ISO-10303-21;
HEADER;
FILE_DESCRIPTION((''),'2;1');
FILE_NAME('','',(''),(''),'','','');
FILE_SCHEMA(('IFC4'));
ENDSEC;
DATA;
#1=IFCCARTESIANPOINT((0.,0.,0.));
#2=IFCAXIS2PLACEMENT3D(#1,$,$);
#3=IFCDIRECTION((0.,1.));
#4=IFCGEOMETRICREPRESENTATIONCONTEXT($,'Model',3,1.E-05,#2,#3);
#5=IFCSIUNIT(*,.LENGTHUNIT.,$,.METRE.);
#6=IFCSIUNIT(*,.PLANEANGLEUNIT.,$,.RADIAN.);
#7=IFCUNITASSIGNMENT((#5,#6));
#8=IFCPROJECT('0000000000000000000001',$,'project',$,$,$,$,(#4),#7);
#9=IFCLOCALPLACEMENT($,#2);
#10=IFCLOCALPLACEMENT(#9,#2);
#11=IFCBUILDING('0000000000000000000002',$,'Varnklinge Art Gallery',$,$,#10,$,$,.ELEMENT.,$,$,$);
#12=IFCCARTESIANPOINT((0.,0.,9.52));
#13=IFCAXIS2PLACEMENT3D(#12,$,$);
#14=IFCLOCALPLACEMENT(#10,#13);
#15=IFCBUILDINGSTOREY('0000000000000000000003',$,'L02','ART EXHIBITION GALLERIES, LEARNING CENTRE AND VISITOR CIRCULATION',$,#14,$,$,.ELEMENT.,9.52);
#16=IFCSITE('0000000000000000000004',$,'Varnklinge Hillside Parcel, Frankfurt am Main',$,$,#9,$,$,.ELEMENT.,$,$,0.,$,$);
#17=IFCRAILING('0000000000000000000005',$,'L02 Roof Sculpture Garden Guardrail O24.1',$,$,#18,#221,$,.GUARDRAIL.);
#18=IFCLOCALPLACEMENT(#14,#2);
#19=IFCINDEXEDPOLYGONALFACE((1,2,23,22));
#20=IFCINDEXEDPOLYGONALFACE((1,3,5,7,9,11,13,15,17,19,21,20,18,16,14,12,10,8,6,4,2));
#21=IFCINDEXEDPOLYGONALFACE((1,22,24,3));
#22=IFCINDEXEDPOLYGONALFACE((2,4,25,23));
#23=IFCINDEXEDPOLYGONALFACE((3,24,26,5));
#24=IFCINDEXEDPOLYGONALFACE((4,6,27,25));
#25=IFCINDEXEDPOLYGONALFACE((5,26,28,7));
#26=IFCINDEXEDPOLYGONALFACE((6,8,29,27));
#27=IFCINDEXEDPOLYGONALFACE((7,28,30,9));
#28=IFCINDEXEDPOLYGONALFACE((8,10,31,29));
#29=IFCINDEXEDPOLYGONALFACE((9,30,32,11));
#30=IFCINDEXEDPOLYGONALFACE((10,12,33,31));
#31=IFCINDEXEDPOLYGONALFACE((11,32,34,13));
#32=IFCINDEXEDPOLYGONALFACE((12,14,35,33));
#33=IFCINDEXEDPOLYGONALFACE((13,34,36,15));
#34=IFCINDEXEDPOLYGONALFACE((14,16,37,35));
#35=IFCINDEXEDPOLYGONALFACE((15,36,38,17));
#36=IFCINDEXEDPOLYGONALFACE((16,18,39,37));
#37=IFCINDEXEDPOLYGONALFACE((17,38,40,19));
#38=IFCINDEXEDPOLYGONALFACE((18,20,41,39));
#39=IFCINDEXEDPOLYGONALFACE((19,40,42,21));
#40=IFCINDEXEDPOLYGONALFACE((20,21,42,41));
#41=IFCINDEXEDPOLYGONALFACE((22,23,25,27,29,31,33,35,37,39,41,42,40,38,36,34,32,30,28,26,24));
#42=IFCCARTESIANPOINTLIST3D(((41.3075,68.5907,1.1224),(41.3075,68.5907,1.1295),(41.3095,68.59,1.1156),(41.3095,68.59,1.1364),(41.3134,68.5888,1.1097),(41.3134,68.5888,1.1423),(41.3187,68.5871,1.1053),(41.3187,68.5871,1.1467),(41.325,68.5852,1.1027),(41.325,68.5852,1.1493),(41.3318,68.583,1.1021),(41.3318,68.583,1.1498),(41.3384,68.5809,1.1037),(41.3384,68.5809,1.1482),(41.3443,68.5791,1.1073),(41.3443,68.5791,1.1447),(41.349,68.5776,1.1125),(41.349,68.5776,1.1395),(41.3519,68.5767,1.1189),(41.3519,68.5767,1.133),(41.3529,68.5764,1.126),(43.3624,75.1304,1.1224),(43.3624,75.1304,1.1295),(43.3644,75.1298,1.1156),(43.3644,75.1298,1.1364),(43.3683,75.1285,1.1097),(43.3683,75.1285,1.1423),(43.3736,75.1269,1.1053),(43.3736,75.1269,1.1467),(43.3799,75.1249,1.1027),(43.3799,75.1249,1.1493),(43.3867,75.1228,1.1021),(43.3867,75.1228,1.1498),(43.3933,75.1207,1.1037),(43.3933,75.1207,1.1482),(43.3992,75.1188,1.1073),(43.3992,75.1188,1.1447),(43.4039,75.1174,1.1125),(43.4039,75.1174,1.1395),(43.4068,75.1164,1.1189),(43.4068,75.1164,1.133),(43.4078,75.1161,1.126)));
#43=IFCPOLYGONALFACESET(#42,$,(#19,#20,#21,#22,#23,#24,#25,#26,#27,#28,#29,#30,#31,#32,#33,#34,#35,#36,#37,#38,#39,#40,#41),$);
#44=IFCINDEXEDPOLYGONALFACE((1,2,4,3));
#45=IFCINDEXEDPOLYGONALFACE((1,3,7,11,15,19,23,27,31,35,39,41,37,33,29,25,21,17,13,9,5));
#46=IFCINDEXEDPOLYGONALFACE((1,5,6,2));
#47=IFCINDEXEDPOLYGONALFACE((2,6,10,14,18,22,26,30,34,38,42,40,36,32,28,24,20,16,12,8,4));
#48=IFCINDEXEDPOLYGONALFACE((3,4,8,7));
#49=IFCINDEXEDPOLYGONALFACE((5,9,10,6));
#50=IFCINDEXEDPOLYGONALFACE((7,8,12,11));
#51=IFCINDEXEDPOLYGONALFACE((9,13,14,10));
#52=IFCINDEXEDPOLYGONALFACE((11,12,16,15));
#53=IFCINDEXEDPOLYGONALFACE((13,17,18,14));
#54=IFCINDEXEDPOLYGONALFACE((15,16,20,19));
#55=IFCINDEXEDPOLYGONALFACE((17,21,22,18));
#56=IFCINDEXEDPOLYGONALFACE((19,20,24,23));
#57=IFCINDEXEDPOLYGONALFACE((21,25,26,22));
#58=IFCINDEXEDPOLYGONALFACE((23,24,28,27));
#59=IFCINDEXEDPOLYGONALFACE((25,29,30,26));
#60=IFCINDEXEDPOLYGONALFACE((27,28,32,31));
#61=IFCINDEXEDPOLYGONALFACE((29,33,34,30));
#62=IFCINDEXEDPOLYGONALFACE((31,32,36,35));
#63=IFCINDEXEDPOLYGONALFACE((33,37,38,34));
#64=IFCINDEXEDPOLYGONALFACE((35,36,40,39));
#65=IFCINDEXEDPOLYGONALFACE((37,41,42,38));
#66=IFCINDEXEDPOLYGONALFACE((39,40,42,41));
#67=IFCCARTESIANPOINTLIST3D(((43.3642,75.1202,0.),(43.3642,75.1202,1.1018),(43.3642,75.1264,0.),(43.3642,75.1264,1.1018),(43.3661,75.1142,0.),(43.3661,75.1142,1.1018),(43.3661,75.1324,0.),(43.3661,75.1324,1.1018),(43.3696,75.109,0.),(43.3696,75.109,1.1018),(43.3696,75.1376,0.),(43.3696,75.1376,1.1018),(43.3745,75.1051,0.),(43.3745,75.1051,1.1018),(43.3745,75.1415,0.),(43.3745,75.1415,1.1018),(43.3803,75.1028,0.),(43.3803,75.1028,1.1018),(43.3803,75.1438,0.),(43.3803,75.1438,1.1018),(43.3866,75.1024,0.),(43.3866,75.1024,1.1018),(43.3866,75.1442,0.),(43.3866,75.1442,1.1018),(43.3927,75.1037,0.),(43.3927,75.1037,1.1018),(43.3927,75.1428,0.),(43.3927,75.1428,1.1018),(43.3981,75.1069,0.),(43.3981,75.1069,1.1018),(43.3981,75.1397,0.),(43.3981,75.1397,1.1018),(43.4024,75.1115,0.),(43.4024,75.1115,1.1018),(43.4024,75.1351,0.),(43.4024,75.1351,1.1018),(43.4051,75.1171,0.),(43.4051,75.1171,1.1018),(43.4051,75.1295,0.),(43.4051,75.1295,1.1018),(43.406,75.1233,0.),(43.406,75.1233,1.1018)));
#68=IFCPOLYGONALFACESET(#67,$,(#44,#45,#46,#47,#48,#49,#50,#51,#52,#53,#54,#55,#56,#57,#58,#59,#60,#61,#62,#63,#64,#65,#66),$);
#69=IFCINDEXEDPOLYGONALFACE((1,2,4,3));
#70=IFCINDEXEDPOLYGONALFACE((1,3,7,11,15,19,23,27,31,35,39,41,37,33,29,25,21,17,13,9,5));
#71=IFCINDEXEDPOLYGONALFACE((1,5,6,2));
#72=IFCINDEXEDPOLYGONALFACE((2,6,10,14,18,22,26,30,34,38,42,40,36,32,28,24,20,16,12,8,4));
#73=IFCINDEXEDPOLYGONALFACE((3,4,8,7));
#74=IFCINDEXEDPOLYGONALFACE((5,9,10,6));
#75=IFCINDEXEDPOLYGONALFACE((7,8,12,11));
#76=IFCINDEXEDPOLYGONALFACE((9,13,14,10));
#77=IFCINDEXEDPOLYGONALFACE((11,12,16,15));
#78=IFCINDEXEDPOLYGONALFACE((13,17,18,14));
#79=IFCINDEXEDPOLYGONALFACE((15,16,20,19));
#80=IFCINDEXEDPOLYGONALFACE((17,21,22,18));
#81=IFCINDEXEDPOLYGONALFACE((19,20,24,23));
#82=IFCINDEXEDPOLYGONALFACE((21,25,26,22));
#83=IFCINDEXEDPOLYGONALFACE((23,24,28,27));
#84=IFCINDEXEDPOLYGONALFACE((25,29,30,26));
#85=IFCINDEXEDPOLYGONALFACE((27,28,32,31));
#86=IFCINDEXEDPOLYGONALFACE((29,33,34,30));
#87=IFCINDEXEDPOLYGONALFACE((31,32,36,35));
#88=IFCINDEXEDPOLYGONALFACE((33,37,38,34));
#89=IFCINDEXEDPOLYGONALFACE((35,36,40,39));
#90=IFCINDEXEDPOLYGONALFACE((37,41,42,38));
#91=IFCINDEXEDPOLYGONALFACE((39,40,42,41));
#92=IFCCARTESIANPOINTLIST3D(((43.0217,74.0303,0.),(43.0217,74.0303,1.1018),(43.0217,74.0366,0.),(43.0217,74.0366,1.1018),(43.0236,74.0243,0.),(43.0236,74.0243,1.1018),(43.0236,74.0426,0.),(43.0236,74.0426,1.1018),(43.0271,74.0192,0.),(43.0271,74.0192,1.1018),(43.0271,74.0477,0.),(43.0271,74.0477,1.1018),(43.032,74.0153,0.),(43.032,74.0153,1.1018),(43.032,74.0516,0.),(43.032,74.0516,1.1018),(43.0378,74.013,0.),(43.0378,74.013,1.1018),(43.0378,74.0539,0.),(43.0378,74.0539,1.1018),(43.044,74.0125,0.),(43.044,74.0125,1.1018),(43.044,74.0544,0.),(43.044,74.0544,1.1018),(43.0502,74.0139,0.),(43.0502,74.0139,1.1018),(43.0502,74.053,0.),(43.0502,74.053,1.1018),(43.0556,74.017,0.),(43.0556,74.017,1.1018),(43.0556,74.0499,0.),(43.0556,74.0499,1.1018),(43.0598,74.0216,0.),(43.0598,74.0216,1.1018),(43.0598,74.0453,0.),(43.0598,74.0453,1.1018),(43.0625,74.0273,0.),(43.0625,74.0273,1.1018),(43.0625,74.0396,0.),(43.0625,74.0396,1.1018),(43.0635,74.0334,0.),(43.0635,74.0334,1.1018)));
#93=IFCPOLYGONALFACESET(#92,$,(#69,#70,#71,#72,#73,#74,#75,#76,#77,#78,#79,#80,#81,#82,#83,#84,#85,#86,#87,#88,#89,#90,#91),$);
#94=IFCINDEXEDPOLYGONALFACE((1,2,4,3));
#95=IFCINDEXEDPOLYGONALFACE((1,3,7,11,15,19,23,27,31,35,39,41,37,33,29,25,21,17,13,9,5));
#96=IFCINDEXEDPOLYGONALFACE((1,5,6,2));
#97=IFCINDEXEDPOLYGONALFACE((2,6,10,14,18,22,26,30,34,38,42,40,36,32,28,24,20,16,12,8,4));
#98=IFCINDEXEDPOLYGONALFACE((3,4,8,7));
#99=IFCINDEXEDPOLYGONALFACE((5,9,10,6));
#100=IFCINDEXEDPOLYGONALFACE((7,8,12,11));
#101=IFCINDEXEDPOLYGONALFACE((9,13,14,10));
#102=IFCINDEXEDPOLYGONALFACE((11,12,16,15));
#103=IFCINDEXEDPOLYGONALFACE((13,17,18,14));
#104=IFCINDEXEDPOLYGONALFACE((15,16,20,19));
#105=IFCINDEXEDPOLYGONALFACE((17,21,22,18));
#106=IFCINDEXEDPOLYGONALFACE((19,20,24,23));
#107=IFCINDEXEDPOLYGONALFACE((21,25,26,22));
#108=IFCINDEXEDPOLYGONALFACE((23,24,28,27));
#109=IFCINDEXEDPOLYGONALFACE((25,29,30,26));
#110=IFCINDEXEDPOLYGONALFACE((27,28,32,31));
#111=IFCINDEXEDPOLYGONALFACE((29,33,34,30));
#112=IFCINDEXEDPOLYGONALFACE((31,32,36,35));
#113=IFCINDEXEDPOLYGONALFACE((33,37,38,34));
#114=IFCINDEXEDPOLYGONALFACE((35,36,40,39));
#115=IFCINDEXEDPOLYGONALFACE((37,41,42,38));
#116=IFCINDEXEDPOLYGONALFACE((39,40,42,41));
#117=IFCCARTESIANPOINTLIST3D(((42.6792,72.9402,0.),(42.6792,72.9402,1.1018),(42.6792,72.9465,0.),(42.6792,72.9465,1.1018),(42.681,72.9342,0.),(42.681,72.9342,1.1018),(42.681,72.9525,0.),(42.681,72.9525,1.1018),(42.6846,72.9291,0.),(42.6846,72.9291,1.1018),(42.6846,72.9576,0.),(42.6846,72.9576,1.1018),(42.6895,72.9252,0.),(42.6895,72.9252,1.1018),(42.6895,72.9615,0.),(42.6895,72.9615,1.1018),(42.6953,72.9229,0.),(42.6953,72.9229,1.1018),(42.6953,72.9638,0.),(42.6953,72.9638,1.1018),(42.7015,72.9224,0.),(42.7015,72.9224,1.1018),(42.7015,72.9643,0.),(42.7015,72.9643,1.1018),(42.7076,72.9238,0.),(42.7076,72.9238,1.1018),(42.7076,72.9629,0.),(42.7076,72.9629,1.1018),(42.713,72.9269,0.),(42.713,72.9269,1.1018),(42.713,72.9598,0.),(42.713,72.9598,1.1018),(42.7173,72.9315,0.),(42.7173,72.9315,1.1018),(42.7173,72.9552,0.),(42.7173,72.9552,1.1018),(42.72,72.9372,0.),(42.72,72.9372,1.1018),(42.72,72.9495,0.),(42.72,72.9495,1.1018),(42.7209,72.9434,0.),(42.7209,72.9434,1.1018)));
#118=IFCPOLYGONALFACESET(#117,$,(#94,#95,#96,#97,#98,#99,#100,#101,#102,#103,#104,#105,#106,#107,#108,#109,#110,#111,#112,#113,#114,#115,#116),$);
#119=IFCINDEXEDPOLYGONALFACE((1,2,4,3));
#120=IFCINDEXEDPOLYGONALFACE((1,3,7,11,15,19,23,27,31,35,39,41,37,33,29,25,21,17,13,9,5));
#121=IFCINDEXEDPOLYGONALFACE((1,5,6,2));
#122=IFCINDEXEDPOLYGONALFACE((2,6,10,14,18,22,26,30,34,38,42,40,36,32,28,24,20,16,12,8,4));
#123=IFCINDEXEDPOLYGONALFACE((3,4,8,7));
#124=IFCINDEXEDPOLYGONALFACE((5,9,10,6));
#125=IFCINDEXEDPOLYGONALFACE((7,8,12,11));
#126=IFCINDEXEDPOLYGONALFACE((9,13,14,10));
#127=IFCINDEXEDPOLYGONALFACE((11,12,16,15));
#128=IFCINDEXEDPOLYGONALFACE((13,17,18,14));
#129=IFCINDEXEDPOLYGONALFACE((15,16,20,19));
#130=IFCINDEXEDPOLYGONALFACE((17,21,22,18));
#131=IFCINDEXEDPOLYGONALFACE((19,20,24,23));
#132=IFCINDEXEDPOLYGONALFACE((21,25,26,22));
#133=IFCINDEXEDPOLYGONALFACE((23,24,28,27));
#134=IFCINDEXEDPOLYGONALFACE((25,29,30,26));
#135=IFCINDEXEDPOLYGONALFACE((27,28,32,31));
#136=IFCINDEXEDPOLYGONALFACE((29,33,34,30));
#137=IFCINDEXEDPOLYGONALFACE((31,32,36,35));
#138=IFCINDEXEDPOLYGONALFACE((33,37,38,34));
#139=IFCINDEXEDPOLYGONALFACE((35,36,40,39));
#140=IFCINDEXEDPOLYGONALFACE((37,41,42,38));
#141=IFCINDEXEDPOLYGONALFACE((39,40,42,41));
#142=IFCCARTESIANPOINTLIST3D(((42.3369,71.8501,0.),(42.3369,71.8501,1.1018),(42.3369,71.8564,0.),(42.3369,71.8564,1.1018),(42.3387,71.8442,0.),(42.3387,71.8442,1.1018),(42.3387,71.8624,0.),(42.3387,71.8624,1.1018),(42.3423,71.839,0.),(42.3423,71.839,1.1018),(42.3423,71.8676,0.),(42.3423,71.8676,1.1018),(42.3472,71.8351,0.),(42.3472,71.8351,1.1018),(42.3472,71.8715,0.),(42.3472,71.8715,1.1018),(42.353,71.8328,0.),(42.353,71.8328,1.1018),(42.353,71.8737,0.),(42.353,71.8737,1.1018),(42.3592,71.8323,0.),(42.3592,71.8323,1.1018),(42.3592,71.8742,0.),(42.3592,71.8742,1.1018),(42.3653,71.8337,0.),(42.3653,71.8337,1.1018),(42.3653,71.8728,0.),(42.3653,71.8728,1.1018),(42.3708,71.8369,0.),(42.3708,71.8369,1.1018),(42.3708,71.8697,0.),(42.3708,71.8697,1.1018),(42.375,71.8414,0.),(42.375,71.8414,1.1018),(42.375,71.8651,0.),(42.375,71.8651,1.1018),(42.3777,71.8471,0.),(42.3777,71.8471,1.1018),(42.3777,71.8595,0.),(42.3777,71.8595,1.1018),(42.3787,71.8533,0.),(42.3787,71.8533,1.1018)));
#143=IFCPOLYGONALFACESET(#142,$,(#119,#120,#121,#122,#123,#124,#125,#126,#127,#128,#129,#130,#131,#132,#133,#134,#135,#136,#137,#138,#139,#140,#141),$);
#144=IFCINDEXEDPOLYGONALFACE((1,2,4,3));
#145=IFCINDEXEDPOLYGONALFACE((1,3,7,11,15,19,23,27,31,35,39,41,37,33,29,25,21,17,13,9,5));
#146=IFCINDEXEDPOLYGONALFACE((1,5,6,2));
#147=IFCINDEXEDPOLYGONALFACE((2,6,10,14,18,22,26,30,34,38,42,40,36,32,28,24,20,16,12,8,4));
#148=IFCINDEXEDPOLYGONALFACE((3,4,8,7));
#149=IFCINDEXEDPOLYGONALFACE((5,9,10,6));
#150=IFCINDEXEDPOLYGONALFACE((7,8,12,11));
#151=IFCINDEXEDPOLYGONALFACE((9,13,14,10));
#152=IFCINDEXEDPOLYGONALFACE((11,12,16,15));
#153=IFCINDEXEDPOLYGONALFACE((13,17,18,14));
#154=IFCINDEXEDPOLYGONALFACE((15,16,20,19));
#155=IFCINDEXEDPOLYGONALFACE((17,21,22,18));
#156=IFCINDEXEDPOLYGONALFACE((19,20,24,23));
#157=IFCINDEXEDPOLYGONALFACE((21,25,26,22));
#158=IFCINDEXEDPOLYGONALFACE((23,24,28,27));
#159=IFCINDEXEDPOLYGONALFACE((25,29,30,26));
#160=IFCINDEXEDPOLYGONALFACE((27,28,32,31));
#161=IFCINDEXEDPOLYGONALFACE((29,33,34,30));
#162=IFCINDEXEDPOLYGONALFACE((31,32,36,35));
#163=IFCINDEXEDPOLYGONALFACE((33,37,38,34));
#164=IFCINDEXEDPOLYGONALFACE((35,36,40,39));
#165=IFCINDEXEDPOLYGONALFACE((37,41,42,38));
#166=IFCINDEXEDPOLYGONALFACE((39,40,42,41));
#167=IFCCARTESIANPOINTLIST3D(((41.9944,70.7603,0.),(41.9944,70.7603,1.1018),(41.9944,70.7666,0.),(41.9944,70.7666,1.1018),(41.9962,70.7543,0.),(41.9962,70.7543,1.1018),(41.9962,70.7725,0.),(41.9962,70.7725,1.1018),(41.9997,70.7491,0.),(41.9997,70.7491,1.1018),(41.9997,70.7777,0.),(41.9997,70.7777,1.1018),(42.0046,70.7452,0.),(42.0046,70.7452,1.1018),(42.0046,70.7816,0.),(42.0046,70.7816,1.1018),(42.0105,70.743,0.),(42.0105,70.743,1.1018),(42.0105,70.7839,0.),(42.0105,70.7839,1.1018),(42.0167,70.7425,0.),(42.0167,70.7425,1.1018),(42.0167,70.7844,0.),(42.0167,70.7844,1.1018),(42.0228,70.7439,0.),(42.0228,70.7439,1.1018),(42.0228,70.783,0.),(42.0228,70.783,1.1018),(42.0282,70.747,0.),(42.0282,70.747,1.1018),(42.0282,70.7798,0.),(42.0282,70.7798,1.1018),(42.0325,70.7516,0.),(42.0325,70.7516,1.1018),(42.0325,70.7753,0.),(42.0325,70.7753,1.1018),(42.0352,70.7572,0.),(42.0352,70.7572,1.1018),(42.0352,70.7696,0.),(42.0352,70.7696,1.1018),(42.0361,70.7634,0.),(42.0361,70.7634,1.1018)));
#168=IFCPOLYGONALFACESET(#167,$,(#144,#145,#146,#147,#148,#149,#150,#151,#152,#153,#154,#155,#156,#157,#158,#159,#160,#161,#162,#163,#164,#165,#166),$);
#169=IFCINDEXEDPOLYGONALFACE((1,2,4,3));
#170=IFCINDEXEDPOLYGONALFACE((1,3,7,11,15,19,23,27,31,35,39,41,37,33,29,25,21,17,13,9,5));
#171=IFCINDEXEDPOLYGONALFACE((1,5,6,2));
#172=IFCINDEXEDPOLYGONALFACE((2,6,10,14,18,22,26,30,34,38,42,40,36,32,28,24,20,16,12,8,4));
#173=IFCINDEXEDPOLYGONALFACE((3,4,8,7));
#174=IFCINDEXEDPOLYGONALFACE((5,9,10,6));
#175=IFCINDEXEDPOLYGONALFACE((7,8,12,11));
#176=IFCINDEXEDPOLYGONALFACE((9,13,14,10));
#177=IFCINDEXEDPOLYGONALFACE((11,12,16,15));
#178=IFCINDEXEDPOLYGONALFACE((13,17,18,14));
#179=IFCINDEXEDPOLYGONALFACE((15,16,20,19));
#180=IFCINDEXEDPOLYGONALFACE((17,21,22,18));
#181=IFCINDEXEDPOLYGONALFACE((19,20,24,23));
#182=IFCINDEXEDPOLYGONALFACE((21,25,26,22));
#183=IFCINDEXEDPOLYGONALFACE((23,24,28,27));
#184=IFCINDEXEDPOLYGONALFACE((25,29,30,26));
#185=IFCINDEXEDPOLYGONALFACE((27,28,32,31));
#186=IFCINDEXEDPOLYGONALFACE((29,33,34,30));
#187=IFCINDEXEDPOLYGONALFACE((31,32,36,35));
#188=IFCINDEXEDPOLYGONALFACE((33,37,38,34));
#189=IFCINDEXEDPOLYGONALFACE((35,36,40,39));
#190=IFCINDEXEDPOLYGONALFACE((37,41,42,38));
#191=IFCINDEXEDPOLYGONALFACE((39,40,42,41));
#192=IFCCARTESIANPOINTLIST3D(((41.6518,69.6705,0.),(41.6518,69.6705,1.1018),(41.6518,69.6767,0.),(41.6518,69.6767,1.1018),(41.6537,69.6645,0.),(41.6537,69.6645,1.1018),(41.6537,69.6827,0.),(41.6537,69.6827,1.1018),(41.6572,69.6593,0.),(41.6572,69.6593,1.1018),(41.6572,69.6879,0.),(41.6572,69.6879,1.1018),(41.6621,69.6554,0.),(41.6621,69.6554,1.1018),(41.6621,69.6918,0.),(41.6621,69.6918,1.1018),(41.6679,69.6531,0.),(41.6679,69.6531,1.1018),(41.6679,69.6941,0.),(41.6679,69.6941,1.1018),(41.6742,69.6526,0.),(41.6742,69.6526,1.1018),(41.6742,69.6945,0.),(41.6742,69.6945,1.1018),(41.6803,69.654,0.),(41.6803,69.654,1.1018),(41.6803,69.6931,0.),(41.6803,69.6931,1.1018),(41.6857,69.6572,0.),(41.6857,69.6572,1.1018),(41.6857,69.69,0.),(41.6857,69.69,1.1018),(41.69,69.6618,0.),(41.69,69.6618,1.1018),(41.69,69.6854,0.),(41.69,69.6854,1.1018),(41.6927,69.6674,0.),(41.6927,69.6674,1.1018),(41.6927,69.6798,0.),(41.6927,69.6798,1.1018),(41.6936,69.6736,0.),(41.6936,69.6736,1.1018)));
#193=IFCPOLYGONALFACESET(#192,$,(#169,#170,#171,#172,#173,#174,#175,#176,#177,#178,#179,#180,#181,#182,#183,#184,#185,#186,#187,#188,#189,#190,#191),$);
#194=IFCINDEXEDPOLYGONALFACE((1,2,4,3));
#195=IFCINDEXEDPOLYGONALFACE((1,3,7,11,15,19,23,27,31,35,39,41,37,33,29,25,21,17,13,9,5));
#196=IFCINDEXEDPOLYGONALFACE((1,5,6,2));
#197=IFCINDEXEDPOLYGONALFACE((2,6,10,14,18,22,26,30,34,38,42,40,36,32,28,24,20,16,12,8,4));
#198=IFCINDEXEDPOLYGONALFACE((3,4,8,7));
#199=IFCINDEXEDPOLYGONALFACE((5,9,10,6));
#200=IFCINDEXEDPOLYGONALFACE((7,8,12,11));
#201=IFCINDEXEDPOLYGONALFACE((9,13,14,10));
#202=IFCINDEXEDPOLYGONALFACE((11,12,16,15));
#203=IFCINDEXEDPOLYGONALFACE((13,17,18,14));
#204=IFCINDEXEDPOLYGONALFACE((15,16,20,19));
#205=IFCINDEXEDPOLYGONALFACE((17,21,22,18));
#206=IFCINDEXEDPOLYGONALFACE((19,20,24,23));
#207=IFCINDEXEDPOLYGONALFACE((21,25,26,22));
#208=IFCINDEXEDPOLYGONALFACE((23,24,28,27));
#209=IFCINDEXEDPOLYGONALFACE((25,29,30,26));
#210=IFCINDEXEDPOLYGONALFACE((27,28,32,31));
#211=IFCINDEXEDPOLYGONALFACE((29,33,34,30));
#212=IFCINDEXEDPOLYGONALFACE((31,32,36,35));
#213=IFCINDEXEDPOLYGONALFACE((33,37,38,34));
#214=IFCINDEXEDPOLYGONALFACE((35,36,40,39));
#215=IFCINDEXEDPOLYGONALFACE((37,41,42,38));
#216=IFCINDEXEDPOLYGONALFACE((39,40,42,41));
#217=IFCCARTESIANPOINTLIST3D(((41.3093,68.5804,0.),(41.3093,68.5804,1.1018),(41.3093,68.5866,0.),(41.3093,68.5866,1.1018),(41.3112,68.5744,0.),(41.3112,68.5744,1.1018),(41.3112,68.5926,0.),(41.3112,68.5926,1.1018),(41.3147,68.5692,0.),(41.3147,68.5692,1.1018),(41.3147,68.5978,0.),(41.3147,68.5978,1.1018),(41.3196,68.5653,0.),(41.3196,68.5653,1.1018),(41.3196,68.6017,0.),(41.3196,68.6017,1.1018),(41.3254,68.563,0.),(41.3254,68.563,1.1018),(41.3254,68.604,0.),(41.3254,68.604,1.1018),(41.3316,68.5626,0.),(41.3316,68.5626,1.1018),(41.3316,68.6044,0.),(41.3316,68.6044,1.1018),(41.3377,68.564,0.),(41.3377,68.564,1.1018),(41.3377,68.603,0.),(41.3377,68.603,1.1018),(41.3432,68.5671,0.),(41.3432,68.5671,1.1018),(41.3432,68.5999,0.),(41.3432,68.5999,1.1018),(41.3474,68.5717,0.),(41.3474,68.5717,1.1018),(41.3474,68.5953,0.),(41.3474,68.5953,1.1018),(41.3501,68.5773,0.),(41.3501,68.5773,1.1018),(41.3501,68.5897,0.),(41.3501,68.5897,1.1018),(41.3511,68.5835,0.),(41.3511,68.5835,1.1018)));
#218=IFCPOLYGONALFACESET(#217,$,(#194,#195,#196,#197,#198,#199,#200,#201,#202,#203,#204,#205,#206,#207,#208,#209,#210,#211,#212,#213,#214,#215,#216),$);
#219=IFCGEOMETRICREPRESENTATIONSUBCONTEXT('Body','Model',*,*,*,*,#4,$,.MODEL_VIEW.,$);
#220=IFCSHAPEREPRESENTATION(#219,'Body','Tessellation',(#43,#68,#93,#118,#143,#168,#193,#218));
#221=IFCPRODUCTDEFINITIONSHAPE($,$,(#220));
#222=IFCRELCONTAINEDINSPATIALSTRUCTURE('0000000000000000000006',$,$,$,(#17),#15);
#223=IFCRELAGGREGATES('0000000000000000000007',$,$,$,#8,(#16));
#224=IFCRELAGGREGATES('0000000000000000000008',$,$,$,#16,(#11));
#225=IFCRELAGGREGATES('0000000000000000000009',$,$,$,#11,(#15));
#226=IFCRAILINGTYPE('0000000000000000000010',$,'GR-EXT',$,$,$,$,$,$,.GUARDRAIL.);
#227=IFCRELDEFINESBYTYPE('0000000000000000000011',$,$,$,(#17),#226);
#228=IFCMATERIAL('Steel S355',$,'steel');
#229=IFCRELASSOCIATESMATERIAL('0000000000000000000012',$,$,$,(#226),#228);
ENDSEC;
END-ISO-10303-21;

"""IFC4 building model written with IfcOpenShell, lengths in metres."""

from ifc_helpers import new_model, si_unit, direction, frame, origin, origin_2d, place, context, subcontext, project, spatial, circle, extrude, material, type_object, element, save


model = new_model("IFC4")

# Units and contexts
model_context = context("Model", 3, precision=1e-05, world=origin(), true_north=direction((0.0, 1.0)))
body_context = subcontext(model_context, "Body", "Model", "MODEL_VIEW")
ifc_project = project(units=[si_unit("LENGTHUNIT", "METRE"), si_unit("PLANEANGLEUNIT", "RADIAN")], contexts=[model_context])

# Site, building, storey
site_placement = place(None, origin())
site = spatial("IfcSite", under=ifc_project, at=site_placement, Name="Varnklinge Hillside Parcel, Frankfurt am Main", CompositionType="ELEMENT", RefElevation=0.0)
building_placement = place(site_placement, origin())
building = spatial("IfcBuilding", under=site, at=building_placement, Name="Varnklinge Art Gallery", CompositionType="ELEMENT")
storey_placement = place(building_placement, frame((0.0, 0.0, 9.52)))
storey = spatial("IfcBuildingStorey", under=building, at=storey_placement, Name="L02", Description="ART EXHIBITION GALLERIES, LEARNING CENTRE AND VISITOR CIRCULATION", CompositionType="ELEMENT", Elevation=9.52)

# Railing
ifc_material_1 = material(Name="Steel S355", Category="steel")
railing_type = type_object("IfcRailingType", Name="GR-EXT", PredefinedType="GUARDRAIL", material=ifc_material_1)
railing_1_placement = place(storey_placement, frame((43.385, 75.1233, 0.0)))
element("IfcRailing", 1, at=railing_1_placement, inside=storey, type_object=railing_type, Name="L02 Roof Sculpture Garden Guardrail O24.1", PredefinedType="GUARDRAIL", context=body_context, shape_type="SweptSolid", body=[
    extrude(circle(Radius=0.0239, at=origin_2d()), frame((0.0, 0.0, 1.126), z_axis=(-0.299769, -0.954012, 0.0), x_axis=(0.954012, -0.299769, 0.0)), (0.0, 0.0, 1.0), 6.855),
    extrude(circle(Radius=0.021, at=origin_2d()), origin(), (0.0, 0.0, 1.0), 1.1018),
    extrude(circle(Radius=0.021, at=origin_2d()), frame((-0.3425, -1.0898, 0.0)), (0.0, 0.0, 1.0), 1.1018),
    extrude(circle(Radius=0.021, at=origin_2d()), frame((-0.6851, -2.1799, 0.0)), (0.0, 0.0, 1.0), 1.1018),
    extrude(circle(Radius=0.021, at=origin_2d()), frame((-1.0273, -3.27, 0.0)), (0.0, 0.0, 1.0), 1.1018),
    extrude(circle(Radius=0.021, at=origin_2d()), frame((-1.3699, -4.3599, 0.0)), (0.0, 0.0, 1.0), 1.1018),
    extrude(circle(Radius=0.021, at=origin_2d()), frame((-1.7124, -5.4497, 0.0)), (0.0, 0.0, 1.0), 1.1018),
    extrude(circle(Radius=0.021, at=origin_2d()), frame((-2.0549, -6.5398, 0.0)), (0.0, 0.0, 1.0), 1.1018),
])

save(model, "model.ifc")
